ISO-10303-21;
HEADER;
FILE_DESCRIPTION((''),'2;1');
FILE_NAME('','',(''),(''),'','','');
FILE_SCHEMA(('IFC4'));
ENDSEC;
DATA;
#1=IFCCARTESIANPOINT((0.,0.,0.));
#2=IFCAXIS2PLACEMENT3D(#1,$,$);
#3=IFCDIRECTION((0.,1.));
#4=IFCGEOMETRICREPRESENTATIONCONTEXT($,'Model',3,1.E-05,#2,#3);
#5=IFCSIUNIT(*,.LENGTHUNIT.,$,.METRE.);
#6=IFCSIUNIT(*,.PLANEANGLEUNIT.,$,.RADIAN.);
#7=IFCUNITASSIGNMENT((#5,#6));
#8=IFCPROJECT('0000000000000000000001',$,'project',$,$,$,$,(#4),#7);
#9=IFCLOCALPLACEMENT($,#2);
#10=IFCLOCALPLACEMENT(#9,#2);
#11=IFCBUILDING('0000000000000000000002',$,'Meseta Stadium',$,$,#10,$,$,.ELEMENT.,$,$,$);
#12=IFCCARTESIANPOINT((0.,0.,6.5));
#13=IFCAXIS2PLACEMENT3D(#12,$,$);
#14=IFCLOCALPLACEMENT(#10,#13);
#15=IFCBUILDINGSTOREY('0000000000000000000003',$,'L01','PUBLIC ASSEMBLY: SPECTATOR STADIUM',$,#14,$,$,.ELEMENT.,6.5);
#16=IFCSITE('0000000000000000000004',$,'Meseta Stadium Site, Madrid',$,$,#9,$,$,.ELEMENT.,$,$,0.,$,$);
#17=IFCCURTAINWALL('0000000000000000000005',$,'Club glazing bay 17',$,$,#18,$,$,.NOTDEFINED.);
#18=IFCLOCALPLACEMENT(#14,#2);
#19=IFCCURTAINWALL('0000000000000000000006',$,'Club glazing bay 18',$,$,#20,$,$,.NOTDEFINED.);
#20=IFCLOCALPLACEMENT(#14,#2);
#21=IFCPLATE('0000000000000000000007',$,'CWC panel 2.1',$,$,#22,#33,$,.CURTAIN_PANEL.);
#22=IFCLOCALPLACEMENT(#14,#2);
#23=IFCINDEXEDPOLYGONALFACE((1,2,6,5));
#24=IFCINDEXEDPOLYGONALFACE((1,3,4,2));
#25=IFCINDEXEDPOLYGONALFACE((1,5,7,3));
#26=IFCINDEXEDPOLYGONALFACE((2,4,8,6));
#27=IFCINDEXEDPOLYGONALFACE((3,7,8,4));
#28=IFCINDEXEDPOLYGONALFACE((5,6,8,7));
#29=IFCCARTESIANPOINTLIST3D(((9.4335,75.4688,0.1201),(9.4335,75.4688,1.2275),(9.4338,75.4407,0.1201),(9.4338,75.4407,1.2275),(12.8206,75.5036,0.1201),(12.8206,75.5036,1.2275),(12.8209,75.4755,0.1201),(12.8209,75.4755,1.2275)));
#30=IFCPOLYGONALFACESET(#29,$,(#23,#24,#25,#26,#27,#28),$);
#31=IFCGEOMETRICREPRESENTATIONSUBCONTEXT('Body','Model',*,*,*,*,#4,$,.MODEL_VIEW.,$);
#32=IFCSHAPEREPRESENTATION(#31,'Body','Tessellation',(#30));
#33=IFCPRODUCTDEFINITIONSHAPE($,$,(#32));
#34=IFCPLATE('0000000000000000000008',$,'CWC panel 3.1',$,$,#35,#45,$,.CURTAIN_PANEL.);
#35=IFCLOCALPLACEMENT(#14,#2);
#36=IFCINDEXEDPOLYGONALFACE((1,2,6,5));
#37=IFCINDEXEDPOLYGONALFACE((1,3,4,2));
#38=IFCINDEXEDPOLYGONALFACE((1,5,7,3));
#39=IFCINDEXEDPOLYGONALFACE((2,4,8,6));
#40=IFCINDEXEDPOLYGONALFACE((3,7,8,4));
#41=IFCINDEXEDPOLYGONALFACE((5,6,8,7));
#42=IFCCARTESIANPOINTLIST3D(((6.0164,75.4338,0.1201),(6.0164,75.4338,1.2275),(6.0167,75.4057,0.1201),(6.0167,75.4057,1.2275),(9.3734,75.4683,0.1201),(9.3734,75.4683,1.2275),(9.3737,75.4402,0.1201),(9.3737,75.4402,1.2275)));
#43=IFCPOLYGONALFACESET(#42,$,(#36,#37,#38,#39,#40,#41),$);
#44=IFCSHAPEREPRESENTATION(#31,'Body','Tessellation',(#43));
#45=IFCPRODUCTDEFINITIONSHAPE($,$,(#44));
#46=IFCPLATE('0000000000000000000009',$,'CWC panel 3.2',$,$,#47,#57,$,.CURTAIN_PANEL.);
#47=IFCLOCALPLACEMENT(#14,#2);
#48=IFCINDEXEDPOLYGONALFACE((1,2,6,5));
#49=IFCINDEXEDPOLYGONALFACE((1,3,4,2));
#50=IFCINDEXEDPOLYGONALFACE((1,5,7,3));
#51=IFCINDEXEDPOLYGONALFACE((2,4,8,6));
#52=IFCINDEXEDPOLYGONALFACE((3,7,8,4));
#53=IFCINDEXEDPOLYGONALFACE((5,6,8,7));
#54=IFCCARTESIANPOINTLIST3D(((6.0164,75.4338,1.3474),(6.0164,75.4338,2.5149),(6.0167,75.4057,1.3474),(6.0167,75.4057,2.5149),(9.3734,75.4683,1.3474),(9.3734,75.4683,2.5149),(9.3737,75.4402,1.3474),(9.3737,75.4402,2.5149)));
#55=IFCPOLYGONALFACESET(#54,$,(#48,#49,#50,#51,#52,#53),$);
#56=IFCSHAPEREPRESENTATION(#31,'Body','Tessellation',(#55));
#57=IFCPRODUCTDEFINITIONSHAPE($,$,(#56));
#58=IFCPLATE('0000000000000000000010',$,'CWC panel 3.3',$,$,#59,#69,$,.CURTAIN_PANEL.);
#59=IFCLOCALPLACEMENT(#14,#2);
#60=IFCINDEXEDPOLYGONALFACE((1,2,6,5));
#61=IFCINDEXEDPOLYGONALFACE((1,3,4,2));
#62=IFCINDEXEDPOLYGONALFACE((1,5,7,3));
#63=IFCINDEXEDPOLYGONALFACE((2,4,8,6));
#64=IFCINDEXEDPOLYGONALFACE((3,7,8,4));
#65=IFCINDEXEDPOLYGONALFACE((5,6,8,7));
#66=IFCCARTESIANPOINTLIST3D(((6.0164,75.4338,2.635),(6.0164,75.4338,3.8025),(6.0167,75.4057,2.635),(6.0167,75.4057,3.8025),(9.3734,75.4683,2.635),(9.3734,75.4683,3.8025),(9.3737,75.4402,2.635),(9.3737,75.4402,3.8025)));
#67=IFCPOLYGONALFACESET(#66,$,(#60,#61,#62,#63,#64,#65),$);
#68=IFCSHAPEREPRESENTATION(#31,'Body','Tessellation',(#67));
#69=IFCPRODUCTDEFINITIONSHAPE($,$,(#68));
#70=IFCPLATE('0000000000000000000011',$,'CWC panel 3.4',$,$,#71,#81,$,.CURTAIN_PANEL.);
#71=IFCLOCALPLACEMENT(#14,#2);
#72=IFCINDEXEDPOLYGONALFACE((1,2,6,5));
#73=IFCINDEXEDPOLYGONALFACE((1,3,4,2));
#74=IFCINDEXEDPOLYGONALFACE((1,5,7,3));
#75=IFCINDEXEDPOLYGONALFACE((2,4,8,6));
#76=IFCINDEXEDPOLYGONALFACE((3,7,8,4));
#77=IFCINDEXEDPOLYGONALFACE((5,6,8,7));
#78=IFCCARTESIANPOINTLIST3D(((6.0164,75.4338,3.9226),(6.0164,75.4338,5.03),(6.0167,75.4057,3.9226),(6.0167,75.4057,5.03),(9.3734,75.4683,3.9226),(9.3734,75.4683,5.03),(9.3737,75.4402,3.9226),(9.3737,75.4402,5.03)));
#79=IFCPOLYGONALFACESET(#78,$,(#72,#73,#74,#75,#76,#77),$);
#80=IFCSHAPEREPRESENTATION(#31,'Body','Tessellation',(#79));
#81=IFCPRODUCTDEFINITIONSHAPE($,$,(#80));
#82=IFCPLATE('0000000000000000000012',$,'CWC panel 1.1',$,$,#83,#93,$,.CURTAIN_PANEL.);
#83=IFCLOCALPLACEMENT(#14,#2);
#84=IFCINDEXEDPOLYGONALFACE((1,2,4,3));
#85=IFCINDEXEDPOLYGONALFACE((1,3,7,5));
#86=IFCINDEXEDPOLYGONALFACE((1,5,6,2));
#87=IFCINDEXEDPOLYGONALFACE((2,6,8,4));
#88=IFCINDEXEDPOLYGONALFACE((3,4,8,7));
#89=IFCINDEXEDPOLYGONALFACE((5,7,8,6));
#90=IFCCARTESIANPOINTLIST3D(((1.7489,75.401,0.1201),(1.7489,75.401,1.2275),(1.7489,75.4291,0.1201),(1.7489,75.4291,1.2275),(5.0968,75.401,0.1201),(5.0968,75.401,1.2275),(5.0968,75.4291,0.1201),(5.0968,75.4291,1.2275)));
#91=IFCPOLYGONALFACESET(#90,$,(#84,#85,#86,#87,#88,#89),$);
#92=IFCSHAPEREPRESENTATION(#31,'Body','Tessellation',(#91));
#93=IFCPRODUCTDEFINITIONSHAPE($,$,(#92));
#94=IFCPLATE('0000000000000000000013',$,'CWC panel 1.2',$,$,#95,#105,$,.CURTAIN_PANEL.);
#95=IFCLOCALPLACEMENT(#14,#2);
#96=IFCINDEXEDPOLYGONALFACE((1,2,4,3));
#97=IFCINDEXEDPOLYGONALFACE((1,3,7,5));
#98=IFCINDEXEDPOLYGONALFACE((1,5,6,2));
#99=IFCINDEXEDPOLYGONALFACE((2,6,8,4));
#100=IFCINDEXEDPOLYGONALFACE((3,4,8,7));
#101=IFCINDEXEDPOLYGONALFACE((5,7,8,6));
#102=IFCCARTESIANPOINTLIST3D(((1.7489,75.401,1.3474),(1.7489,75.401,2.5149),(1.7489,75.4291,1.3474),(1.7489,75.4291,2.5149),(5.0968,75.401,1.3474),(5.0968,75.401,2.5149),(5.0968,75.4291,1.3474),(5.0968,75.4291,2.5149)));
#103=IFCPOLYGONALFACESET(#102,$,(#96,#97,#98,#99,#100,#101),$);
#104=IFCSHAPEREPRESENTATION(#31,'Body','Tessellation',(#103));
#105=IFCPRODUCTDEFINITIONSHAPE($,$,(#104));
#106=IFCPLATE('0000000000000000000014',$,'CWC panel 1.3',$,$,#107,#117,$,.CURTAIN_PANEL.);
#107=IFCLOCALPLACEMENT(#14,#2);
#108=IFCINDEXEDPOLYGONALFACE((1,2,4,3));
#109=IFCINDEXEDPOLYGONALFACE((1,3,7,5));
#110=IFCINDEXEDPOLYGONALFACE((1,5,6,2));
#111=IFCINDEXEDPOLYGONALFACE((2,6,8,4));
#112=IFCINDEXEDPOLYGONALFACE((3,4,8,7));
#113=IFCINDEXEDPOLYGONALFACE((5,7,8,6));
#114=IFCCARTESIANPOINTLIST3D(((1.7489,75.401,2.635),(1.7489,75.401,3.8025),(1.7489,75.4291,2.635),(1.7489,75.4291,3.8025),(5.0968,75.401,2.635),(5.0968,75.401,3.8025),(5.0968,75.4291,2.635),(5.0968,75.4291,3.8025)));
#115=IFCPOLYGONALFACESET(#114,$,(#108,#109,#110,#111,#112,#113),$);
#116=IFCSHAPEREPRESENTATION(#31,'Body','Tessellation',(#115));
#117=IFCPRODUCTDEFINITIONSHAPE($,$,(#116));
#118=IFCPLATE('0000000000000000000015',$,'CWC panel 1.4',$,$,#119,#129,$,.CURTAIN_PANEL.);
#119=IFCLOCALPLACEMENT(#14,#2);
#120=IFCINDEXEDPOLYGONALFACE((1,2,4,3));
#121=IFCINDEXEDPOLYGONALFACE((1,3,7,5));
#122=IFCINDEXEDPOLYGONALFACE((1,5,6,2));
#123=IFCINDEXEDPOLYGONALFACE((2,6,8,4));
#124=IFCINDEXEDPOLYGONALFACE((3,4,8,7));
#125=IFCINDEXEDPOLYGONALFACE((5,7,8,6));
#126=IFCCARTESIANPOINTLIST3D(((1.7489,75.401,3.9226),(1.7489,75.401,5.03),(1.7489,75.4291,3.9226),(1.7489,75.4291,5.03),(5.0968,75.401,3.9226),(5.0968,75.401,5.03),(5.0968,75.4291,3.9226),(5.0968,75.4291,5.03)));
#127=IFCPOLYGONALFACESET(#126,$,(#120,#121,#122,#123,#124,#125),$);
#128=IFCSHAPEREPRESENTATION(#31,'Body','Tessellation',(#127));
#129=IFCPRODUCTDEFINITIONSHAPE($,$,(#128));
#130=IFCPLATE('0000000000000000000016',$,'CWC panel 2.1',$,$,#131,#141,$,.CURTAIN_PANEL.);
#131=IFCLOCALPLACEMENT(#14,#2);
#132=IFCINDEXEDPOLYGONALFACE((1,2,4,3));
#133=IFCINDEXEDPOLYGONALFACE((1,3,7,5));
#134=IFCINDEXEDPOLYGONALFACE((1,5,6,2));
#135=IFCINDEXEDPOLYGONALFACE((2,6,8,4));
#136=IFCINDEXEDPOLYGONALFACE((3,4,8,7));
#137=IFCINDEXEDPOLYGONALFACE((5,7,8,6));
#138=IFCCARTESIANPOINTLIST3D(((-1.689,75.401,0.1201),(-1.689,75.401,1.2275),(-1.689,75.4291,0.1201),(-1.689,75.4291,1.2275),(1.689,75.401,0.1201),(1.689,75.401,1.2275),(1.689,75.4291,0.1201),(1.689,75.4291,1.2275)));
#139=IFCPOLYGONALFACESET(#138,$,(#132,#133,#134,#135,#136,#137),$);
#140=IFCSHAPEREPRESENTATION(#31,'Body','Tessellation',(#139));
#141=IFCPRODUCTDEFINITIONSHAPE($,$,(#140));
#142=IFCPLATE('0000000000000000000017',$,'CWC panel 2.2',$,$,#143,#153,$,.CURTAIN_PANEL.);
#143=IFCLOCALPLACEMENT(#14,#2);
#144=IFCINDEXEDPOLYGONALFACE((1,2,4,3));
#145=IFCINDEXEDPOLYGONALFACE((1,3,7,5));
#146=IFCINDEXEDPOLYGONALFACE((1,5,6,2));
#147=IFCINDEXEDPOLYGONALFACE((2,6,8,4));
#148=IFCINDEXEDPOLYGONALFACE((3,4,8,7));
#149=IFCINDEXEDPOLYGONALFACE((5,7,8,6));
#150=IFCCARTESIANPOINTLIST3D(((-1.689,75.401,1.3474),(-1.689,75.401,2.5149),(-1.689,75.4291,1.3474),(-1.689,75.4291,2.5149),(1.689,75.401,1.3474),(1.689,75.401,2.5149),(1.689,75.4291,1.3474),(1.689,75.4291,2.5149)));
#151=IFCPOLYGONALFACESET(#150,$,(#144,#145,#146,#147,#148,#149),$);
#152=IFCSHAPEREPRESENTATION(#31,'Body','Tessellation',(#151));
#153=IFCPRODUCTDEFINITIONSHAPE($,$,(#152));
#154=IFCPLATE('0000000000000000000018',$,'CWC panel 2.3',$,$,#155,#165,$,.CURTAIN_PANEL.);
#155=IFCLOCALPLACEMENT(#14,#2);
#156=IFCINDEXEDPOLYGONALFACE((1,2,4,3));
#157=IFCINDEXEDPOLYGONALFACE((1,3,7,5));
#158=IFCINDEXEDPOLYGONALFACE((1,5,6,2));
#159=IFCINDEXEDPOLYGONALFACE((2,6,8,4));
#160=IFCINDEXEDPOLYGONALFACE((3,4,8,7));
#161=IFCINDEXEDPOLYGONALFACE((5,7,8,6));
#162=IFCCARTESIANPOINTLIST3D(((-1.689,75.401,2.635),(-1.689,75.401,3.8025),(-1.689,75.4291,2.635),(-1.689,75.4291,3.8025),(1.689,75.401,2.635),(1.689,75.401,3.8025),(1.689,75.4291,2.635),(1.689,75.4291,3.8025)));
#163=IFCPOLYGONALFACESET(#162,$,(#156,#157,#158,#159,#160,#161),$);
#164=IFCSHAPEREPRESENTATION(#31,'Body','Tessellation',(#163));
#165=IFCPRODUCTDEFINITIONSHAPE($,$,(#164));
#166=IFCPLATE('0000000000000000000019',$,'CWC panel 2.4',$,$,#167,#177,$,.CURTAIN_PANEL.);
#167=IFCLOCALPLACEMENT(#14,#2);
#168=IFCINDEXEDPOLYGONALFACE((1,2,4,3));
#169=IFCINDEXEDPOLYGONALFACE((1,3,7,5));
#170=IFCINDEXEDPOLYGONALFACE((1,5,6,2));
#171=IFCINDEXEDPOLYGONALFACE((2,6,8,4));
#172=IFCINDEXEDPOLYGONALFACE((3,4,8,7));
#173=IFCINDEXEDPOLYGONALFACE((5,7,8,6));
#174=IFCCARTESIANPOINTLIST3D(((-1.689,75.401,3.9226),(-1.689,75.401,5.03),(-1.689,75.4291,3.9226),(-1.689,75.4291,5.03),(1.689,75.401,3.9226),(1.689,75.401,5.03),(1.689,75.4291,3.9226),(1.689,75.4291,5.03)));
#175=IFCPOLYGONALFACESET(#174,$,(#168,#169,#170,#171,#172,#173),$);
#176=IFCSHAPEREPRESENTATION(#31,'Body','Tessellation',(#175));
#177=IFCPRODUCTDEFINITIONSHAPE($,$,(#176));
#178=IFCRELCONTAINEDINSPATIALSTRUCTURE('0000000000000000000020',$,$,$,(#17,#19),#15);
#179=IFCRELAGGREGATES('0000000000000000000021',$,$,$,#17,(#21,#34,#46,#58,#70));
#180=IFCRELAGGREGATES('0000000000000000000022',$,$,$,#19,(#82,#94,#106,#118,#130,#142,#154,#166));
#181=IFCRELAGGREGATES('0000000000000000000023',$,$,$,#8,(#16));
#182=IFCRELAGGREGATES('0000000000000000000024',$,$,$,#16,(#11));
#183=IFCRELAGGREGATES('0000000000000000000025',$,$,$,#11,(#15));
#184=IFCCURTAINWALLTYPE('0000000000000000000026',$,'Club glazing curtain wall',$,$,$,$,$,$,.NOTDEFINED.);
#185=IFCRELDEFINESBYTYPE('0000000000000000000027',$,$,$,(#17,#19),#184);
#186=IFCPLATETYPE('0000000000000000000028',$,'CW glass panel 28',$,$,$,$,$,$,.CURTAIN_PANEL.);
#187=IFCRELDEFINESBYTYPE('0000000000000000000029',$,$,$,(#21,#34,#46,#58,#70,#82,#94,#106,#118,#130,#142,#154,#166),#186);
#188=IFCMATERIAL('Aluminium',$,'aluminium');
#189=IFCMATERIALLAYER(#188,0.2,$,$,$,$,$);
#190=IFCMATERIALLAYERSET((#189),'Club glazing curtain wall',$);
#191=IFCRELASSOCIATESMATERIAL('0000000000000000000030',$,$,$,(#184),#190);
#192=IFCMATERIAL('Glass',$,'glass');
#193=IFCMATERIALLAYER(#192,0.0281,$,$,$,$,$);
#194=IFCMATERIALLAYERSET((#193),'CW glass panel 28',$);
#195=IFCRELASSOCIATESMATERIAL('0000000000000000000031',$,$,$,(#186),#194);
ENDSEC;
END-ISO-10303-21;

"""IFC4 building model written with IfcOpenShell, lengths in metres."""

from ifc_helpers import new_model, si_unit, direction, frame, origin, origin_2d, place, context, subcontext, project, spatial, rectangle, extrude, material, layer, layer_set, type_object, element, aggregate, save


model = new_model("IFC4")

# Units and contexts
model_context = context("Model", 3, precision=1e-05, world=origin(), true_north=direction((0.0, 1.0)))
body_context = subcontext(model_context, "Body", "Model", "MODEL_VIEW")
ifc_project = project(units=[si_unit("LENGTHUNIT", "METRE"), si_unit("PLANEANGLEUNIT", "RADIAN")], contexts=[model_context])

# Site, building, storey
site_placement = place(None, origin())
site = spatial("IfcSite", under=ifc_project, at=site_placement, Name="Meseta Stadium Site, Madrid", CompositionType="ELEMENT", RefElevation=0.0)
building_placement = place(site_placement, origin())
building = spatial("IfcBuilding", under=site, at=building_placement, Name="Meseta Stadium", CompositionType="ELEMENT")
storey_placement = place(building_placement, frame((0.0, 0.0, 6.5)))
storey = spatial("IfcBuildingStorey", under=building, at=storey_placement, Name="L01", Description="PUBLIC ASSEMBLY: SPECTATOR STADIUM", CompositionType="ELEMENT", Elevation=6.5)

# Curtain walls
ifc_material_1 = material(Name="Aluminium", Category="aluminium")
ifc_layer_1 = layer(ifc_material_1, 0.2)
ifc_layer_set_1 = layer_set([ifc_layer_1], Name="Club glazing curtain wall")
curtain_wall_type = type_object("IfcCurtainWallType", Name="Club glazing curtain wall", PredefinedType="NOTDEFINED", material=ifc_layer_set_1)
curtain_wall_1_placement = place(storey_placement, origin())
curtain_wall_1 = element("IfcCurtainWall", 1, at=curtain_wall_1_placement, inside=storey, type_object=curtain_wall_type, Name="Club glazing bay 17", PredefinedType="NOTDEFINED")
curtain_wall_2_placement = place(storey_placement, origin())
curtain_wall_2 = element("IfcCurtainWall", 2, at=curtain_wall_2_placement, inside=storey, type_object=curtain_wall_type, Name="Club glazing bay 18", PredefinedType="NOTDEFINED")

# Plates
ifc_material_2 = material(Name="Glass", Category="glass")
ifc_layer_2 = layer(ifc_material_2, 0.0281)
ifc_layer_set_2 = layer_set([ifc_layer_2], Name="CW glass panel 28")
plate_type = type_object("IfcPlateType", Name="CW glass panel 28", PredefinedType="CURTAIN_PANEL", material=ifc_layer_set_2)
plate_1_placement = place(storey_placement, frame((11.1272, 75.4722, 0.1201), z_axis=(0.0, 0.0, 1.0), x_axis=(-0.999947, -0.010279, 0.0)))
plate_1 = element("IfcPlate", 3, at=plate_1_placement, type_object=plate_type, Name="CWC panel 2.1", PredefinedType="CURTAIN_PANEL", context=body_context, shape_type="SweptSolid", body=[
    extrude(rectangle(XDim=3.3872, YDim=0.0281, at=origin_2d()), origin(), (0.0, 0.0, 1.0), 1.1074),
])
plate_2_placement = place(storey_placement, frame((7.6951, 75.437, 0.1201), z_axis=(0.0, 0.0, 1.0), x_axis=(-0.999947, -0.010279, 0.0)))
plate_2 = element("IfcPlate", 4, at=plate_2_placement, type_object=plate_type, Name="CWC panel 3.1", PredefinedType="CURTAIN_PANEL", context=body_context, shape_type="SweptSolid", body=[
    extrude(rectangle(XDim=3.3572, YDim=0.0281, at=origin_2d()), origin(), (0.0, 0.0, 1.0), 1.1074),
])
plate_3_placement = place(storey_placement, frame((7.6951, 75.437, 1.3474), z_axis=(0.0, 0.0, 1.0), x_axis=(-0.999947, -0.010279, 0.0)))
plate_3 = element("IfcPlate", 5, at=plate_3_placement, type_object=plate_type, Name="CWC panel 3.2", PredefinedType="CURTAIN_PANEL", context=body_context, shape_type="SweptSolid", body=[
    extrude(rectangle(XDim=3.3572, YDim=0.0281, at=origin_2d()), origin(), (0.0, 0.0, 1.0), 1.1675),
])
plate_4_placement = place(storey_placement, frame((7.6951, 75.437, 2.635), z_axis=(0.0, 0.0, 1.0), x_axis=(-0.999947, -0.010279, 0.0)))
plate_4 = element("IfcPlate", 6, at=plate_4_placement, type_object=plate_type, Name="CWC panel 3.3", PredefinedType="CURTAIN_PANEL", context=body_context, shape_type="SweptSolid", body=[
    extrude(rectangle(XDim=3.3572, YDim=0.0281, at=origin_2d()), origin(), (0.0, 0.0, 1.0), 1.1675),
])
plate_5_placement = place(storey_placement, frame((7.6951, 75.437, 3.9226), z_axis=(0.0, 0.0, 1.0), x_axis=(-0.999947, -0.010279, 0.0)))
plate_5 = element("IfcPlate", 7, at=plate_5_placement, type_object=plate_type, Name="CWC panel 3.4", PredefinedType="CURTAIN_PANEL", context=body_context, shape_type="SweptSolid", body=[
    extrude(rectangle(XDim=3.3572, YDim=0.0281, at=origin_2d()), origin(), (0.0, 0.0, 1.0), 1.1074),
])
aggregate(curtain_wall_1, [plate_1, plate_2, plate_3, plate_4, plate_5])
plate_6_placement = place(storey_placement, frame((3.4229, 75.415, 0.1201), z_axis=(0.0, 0.0, 1.0), x_axis=(-1.0, 0.0, 0.0)))
plate_6 = element("IfcPlate", 8, at=plate_6_placement, type_object=plate_type, Name="CWC panel 1.1", PredefinedType="CURTAIN_PANEL", context=body_context, shape_type="SweptSolid", body=[
    extrude(rectangle(XDim=3.3479, YDim=0.0281, at=origin_2d()), origin(), (0.0, 0.0, 1.0), 1.1074),
])
plate_7_placement = place(storey_placement, frame((3.4229, 75.415, 1.3474), z_axis=(0.0, 0.0, 1.0), x_axis=(-1.0, 0.0, 0.0)))
plate_7 = element("IfcPlate", 9, at=plate_7_placement, type_object=plate_type, Name="CWC panel 1.2", PredefinedType="CURTAIN_PANEL", context=body_context, shape_type="SweptSolid", body=[
    extrude(rectangle(XDim=3.3479, YDim=0.0281, at=origin_2d()), origin(), (0.0, 0.0, 1.0), 1.1675),
])
plate_8_placement = place(storey_placement, frame((3.4229, 75.415, 2.635), z_axis=(0.0, 0.0, 1.0), x_axis=(-1.0, 0.0, 0.0)))
plate_8 = element("IfcPlate", 10, at=plate_8_placement, type_object=plate_type, Name="CWC panel 1.3", PredefinedType="CURTAIN_PANEL", context=body_context, shape_type="SweptSolid", body=[
    extrude(rectangle(XDim=3.3479, YDim=0.0281, at=origin_2d()), origin(), (0.0, 0.0, 1.0), 1.1675),
])
plate_9_placement = place(storey_placement, frame((3.4229, 75.415, 3.9226), z_axis=(0.0, 0.0, 1.0), x_axis=(-1.0, 0.0, 0.0)))
plate_9 = element("IfcPlate", 11, at=plate_9_placement, type_object=plate_type, Name="CWC panel 1.4", PredefinedType="CURTAIN_PANEL", context=body_context, shape_type="SweptSolid", body=[
    extrude(rectangle(XDim=3.3479, YDim=0.0281, at=origin_2d()), origin(), (0.0, 0.0, 1.0), 1.1074),
])
plate_10_placement = place(storey_placement, frame((0.0, 75.415, 0.1201), z_axis=(0.0, 0.0, 1.0), x_axis=(-1.0, 0.0, 0.0)))
plate_10 = element("IfcPlate", 12, at=plate_10_placement, type_object=plate_type, Name="CWC panel 2.1", PredefinedType="CURTAIN_PANEL", context=body_context, shape_type="SweptSolid", body=[
    extrude(rectangle(XDim=3.3779, YDim=0.0281, at=origin_2d()), origin(), (0.0, 0.0, 1.0), 1.1074),
])
plate_11_placement = place(storey_placement, frame((0.0, 75.415, 1.3474), z_axis=(0.0, 0.0, 1.0), x_axis=(-1.0, 0.0, 0.0)))
plate_11 = element("IfcPlate", 13, at=plate_11_placement, type_object=plate_type, Name="CWC panel 2.2", PredefinedType="CURTAIN_PANEL", context=body_context, shape_type="SweptSolid", body=[
    extrude(rectangle(XDim=3.3779, YDim=0.0281, at=origin_2d()), origin(), (0.0, 0.0, 1.0), 1.1675),
])
plate_12_placement = place(storey_placement, frame((0.0, 75.415, 2.635), z_axis=(0.0, 0.0, 1.0), x_axis=(-1.0, 0.0, 0.0)))
plate_12 = element("IfcPlate", 14, at=plate_12_placement, type_object=plate_type, Name="CWC panel 2.3", PredefinedType="CURTAIN_PANEL", context=body_context, shape_type="SweptSolid", body=[
    extrude(rectangle(XDim=3.3779, YDim=0.0281, at=origin_2d()), origin(), (0.0, 0.0, 1.0), 1.1675),
])
plate_13_placement = place(storey_placement, frame((0.0, 75.415, 3.9226), z_axis=(0.0, 0.0, 1.0), x_axis=(-1.0, 0.0, 0.0)))
plate_13 = element("IfcPlate", 15, at=plate_13_placement, type_object=plate_type, Name="CWC panel 2.4", PredefinedType="CURTAIN_PANEL", context=body_context, shape_type="SweptSolid", body=[
    extrude(rectangle(XDim=3.3779, YDim=0.0281, at=origin_2d()), origin(), (0.0, 0.0, 1.0), 1.1074),
])
aggregate(curtain_wall_2, [plate_6, plate_7, plate_8, plate_9, plate_10, plate_11, plate_12, plate_13])

save(model, "model.ifc")
